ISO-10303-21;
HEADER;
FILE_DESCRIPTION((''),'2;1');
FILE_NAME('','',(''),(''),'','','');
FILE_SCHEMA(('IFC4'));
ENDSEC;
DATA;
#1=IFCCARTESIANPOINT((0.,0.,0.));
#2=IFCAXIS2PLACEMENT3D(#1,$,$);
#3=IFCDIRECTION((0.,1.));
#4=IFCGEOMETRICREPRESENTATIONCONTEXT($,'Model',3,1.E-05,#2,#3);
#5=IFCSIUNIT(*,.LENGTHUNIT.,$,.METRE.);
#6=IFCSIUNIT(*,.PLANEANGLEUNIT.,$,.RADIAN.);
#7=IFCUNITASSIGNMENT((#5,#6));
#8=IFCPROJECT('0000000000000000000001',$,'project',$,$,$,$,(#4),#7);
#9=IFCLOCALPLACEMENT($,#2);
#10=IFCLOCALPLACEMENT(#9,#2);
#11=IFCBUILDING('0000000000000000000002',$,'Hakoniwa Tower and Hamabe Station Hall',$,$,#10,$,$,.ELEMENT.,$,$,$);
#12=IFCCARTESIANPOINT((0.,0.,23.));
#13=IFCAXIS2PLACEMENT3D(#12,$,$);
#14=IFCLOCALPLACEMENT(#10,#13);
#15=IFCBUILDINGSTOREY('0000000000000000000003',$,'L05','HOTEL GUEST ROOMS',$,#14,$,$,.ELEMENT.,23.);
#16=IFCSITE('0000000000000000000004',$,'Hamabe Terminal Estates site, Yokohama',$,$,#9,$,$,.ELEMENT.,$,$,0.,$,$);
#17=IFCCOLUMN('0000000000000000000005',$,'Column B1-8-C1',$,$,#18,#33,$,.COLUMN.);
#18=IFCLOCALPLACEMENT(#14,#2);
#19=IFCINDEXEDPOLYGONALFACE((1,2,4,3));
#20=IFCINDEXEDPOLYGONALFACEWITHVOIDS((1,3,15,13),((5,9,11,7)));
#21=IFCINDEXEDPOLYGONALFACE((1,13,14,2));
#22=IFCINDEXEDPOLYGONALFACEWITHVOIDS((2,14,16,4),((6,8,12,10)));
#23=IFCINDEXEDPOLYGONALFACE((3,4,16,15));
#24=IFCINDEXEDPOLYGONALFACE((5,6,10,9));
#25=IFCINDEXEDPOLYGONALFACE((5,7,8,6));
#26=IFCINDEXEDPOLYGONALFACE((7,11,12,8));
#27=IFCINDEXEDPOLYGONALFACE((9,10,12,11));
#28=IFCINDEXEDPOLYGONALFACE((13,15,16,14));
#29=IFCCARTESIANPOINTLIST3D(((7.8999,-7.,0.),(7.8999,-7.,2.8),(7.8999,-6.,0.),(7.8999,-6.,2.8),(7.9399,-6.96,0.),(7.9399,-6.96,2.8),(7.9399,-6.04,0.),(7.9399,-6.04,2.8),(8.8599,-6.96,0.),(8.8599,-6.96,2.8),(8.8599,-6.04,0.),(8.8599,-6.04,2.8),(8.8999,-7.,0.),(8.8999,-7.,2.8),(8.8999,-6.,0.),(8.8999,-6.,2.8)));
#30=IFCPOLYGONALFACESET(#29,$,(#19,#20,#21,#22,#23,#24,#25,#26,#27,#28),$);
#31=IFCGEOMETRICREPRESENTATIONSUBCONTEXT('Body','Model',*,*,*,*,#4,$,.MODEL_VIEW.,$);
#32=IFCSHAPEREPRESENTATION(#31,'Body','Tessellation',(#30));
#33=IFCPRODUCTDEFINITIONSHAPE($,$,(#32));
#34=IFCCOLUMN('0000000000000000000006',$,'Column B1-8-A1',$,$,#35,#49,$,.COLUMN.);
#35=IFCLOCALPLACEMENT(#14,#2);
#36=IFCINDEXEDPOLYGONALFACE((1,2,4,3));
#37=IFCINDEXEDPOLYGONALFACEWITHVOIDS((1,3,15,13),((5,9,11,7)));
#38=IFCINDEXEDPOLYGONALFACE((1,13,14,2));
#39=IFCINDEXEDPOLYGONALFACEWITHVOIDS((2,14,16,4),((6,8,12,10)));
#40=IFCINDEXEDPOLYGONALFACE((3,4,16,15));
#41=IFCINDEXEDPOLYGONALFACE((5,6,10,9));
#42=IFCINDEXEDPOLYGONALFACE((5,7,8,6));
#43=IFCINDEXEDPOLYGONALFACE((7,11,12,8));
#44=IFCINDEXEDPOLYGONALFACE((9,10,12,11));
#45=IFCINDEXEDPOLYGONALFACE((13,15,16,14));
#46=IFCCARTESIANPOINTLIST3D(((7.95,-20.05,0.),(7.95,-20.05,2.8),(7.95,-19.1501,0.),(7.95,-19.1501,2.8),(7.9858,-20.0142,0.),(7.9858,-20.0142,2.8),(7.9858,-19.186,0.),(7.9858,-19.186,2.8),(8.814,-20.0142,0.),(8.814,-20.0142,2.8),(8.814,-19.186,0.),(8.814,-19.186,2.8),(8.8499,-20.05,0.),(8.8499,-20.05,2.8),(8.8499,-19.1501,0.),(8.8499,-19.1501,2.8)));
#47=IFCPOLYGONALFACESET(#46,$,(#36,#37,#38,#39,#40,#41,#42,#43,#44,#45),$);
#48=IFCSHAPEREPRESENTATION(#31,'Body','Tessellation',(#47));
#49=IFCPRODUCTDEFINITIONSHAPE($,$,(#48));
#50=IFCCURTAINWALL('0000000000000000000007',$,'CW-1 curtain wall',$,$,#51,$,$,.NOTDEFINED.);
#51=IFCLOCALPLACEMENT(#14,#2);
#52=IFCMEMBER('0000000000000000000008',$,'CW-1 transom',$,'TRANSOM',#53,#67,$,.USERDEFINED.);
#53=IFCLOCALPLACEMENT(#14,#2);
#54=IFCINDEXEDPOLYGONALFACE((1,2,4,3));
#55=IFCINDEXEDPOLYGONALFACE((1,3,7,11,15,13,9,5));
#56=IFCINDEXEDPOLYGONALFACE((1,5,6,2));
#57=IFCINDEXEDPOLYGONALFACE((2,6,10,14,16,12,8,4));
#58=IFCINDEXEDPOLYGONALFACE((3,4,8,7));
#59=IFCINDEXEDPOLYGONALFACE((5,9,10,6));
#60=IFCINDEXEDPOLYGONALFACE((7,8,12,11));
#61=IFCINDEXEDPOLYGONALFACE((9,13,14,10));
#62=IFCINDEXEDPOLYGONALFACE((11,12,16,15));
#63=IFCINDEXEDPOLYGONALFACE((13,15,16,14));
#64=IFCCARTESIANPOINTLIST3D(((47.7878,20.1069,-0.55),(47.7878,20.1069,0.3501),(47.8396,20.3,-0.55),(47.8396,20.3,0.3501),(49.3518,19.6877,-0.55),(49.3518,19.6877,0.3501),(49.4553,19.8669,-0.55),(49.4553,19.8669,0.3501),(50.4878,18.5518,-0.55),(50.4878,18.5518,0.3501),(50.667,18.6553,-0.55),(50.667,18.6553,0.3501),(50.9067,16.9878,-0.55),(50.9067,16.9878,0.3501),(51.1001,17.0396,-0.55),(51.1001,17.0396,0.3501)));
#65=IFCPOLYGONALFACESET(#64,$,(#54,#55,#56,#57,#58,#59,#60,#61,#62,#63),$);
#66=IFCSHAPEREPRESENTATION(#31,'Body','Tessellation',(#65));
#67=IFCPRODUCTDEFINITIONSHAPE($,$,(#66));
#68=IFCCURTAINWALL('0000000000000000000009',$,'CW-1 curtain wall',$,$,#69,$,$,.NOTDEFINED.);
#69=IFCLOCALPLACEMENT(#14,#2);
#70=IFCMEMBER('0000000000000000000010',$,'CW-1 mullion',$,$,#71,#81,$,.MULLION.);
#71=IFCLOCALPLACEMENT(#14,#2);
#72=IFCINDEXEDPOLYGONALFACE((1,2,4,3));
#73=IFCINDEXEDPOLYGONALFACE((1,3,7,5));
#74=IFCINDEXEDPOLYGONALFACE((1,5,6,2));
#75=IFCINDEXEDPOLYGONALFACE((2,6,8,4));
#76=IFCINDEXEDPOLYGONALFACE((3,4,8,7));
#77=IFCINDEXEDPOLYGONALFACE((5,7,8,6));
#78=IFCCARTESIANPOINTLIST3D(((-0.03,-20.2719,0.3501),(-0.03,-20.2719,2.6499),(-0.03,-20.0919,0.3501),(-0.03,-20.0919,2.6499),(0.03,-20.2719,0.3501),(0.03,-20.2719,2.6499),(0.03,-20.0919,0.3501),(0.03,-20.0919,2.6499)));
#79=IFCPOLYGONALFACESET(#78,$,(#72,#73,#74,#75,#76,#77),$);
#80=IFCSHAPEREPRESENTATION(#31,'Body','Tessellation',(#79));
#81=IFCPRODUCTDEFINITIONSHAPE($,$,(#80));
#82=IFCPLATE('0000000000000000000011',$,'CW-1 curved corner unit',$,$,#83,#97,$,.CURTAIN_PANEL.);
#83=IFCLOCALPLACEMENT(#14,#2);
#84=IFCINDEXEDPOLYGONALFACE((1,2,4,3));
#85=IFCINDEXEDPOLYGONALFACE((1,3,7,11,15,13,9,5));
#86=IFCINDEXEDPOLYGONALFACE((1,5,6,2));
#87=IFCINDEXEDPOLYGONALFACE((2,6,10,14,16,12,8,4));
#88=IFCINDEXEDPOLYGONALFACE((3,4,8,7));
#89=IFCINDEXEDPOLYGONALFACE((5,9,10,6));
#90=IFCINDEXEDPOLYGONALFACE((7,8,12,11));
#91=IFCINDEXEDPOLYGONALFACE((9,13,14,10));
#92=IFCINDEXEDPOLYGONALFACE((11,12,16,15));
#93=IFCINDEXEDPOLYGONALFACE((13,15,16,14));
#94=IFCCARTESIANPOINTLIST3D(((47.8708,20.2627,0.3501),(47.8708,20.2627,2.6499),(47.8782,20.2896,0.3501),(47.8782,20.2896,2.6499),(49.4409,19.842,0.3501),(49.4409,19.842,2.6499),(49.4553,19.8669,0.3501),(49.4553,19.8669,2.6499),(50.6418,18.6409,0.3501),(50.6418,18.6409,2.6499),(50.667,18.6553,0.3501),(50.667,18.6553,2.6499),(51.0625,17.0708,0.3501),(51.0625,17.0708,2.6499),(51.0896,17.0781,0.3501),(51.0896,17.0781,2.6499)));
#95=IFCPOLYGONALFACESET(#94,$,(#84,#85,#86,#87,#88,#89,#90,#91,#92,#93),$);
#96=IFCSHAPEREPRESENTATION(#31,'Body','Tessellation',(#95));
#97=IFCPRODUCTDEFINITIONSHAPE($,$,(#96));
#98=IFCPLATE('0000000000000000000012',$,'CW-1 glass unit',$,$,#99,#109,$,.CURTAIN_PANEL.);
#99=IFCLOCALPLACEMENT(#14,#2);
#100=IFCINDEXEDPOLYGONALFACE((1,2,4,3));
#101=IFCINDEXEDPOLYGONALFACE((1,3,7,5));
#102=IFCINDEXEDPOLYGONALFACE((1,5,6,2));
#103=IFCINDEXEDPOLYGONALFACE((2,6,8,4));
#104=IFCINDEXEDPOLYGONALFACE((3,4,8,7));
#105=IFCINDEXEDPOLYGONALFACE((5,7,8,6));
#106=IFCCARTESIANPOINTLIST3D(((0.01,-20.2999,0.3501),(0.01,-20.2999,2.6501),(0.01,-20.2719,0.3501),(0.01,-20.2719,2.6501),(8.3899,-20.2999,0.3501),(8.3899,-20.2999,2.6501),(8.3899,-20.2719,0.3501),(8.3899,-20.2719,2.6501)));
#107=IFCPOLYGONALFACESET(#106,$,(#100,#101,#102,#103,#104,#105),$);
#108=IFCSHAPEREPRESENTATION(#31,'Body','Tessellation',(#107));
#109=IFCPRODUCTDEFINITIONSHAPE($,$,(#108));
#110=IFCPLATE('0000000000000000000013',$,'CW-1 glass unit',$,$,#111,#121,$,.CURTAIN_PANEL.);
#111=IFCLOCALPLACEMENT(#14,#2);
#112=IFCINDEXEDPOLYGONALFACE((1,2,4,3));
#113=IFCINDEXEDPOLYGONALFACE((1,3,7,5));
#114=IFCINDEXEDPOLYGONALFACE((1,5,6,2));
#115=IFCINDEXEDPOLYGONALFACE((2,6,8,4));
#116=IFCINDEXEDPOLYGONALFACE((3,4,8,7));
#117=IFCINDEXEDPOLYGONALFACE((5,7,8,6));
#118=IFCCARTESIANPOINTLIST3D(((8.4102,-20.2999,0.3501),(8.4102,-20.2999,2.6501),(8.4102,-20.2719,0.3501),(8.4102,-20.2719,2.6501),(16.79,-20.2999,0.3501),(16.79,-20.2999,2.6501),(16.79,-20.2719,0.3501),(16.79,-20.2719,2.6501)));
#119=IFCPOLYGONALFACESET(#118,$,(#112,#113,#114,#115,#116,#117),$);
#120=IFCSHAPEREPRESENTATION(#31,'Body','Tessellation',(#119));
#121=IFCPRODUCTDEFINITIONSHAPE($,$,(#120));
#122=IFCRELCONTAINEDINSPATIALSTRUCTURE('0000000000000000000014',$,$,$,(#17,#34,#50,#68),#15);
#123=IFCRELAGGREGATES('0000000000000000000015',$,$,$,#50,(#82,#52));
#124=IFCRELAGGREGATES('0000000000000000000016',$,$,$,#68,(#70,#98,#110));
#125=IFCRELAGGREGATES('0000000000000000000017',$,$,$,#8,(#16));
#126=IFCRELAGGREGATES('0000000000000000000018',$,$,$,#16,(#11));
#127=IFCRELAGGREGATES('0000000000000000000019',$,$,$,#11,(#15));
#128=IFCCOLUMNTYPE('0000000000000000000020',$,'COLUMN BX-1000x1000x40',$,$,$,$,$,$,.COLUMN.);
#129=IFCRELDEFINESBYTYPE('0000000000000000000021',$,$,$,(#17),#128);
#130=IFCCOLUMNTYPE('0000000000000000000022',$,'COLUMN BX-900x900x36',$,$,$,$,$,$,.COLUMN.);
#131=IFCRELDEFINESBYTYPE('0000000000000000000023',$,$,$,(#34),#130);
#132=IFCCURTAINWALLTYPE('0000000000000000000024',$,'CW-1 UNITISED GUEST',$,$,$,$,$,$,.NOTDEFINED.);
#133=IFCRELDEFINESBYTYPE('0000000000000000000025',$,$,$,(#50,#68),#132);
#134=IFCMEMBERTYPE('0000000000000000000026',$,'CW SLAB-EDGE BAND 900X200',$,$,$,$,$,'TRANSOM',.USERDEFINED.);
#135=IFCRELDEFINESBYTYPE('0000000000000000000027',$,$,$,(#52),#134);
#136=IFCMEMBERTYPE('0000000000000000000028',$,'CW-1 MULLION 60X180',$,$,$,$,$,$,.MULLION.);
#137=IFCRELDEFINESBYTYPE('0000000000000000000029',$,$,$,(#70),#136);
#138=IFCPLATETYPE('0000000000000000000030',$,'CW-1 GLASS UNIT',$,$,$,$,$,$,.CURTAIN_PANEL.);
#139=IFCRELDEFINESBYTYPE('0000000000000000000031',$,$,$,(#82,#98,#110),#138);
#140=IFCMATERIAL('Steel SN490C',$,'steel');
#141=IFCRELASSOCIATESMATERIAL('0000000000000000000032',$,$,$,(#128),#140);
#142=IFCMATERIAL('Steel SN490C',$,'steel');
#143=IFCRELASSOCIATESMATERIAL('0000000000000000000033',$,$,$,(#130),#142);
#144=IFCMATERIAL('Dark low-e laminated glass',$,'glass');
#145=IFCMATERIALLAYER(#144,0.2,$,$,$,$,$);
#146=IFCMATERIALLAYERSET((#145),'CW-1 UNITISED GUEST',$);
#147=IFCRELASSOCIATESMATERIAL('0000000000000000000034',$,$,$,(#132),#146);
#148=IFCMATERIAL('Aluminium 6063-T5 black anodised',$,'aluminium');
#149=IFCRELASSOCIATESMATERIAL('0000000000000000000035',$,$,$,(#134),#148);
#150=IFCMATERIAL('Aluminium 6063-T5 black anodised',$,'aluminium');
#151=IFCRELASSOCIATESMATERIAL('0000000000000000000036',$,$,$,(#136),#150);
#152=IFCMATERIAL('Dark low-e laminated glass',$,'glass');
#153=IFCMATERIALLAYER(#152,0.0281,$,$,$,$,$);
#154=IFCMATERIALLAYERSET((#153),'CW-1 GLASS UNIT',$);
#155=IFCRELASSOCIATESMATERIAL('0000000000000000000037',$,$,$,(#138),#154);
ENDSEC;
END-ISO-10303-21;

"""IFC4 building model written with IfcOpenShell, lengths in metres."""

from ifc_helpers import new_model, si_unit, direction, frame, origin, origin_2d, place, context, subcontext, project, spatial, polyline, rectangle, hollow_rectangle, outline, extrude, material, layer, layer_set, material_profile, profile_set, type_object, element, aggregate, save


model = new_model("IFC4")

# Units and contexts
model_context = context("Model", 3, precision=1e-05, world=origin(), true_north=direction((0.0, 1.0)))
body_context = subcontext(model_context, "Body", "Model", "MODEL_VIEW")
ifc_project = project(units=[si_unit("LENGTHUNIT", "METRE"), si_unit("PLANEANGLEUNIT", "RADIAN")], contexts=[model_context])

# Site, building, storey
site_placement = place(None, origin())
site = spatial("IfcSite", under=ifc_project, at=site_placement, Name="Hamabe Terminal Estates site, Yokohama", CompositionType="ELEMENT", RefElevation=0.0)
building_placement = place(site_placement, origin())
building = spatial("IfcBuilding", under=site, at=building_placement, Name="Hakoniwa Tower and Hamabe Station Hall", CompositionType="ELEMENT")
storey_placement = place(building_placement, frame((0.0, 0.0, 23.0)))
storey = spatial("IfcBuildingStorey", under=building, at=storey_placement, Name="L05", Description="HOTEL GUEST ROOMS", CompositionType="ELEMENT", Elevation=23.0)

# Columns
ifc_material_1 = material(Name="Steel SN490C", Category="steel")
ifc_material_profile_1 = material_profile(ifc_material_1, hollow_rectangle(XDim=1.0, YDim=1.0, WallThickness=0.04, at=origin_2d()), Name="BX-1000x1000x40")
ifc_profile_set_1 = profile_set([ifc_material_profile_1], Name="Steel SN490C")
column_type_1 = type_object("IfcColumnType", Name="COLUMN BX-1000x1000x40", PredefinedType="COLUMN", material=ifc_profile_set_1)
column_1_placement = place(storey_placement, frame((8.3999, -6.5, 0.0), z_axis=(0.0, 0.0, 1.0), x_axis=(1.0, 0.0, 0.0)))
element("IfcColumn", 1, at=column_1_placement, inside=storey, type_object=column_type_1, Name="Column B1-8-C1", PredefinedType="COLUMN", context=body_context, shape_type="SweptSolid", body=[
    extrude(hollow_rectangle(XDim=1.0, YDim=1.0, WallThickness=0.04, at=origin_2d()), origin(), (0.0, 0.0, 1.0), 2.8),
])
ifc_material_2 = material(Name="Steel SN490C", Category="steel")
ifc_material_profile_2 = material_profile(ifc_material_2, hollow_rectangle(XDim=0.8999, YDim=0.8999, WallThickness=0.0359, at=origin_2d()), Name="BX-900x900x36")
ifc_profile_set_2 = profile_set([ifc_material_profile_2], Name="Steel SN490C")
column_type_2 = type_object("IfcColumnType", Name="COLUMN BX-900x900x36", PredefinedType="COLUMN", material=ifc_profile_set_2)
column_2_placement = place(storey_placement, frame((8.3999, -19.6001, 0.0), z_axis=(0.0, 0.0, 1.0), x_axis=(1.0, 0.0, 0.0)))
element("IfcColumn", 2, at=column_2_placement, inside=storey, type_object=column_type_2, Name="Column B1-8-A1", PredefinedType="COLUMN", context=body_context, shape_type="SweptSolid", body=[
    extrude(hollow_rectangle(XDim=0.8999, YDim=0.8999, WallThickness=0.0359, at=origin_2d()), origin(), (0.0, 0.0, 1.0), 2.8),
])

# Curtain walls, members
ifc_material_3 = material(Name="Dark low-e laminated glass", Category="glass")
ifc_layer_1 = layer(ifc_material_3, 0.2)
ifc_layer_set_1 = layer_set([ifc_layer_1], Name="CW-1 UNITISED GUEST")
curtain_wall_type = type_object("IfcCurtainWallType", Name="CW-1 UNITISED GUEST", PredefinedType="NOTDEFINED", material=ifc_layer_set_1)
curtain_wall_1_placement = place(storey_placement, origin())
curtain_wall_1 = element("IfcCurtainWall", 3, at=curtain_wall_1_placement, inside=storey, type_object=curtain_wall_type, Name="CW-1 curtain wall", PredefinedType="NOTDEFINED")
ifc_material_4 = material(Name="Aluminium 6063-T5 black anodised", Category="aluminium")
ifc_material_profile_3 = material_profile(ifc_material_4, rectangle(XDim=0.2, YDim=0.8999, at=origin_2d()), Name="CW SLAB-EDGE BAND 900X200")
ifc_profile_set_3 = profile_set([ifc_material_profile_3], Name="Aluminium 6063-T5 black anodised")
member_type_1 = type_object("IfcMemberType", Name="CW SLAB-EDGE BAND 900X200", ElementType="TRANSOM", PredefinedType="USERDEFINED", material=ifc_profile_set_3)
member_1_placement = place(storey_placement, frame((0.0, 0.0, -0.55)))
member_1 = element("IfcMember", 4, at=member_1_placement, type_object=member_type_1, Name="CW-1 transom", ObjectType="TRANSOM", PredefinedType="USERDEFINED", context=body_context, shape_type="SweptSolid", body=[
    extrude(outline(polyline([(51.1001, 17.0396), (50.667, 18.6553), (49.4553, 19.8669), (47.8396, 20.3), (47.7878, 20.1069), (49.3518, 19.6877), (50.4878, 18.5518), (50.9067, 16.9878), (51.1001, 17.0396)])), origin(), (0.0, 0.0, 1.0), 0.9001),
])
curtain_wall_2_placement = place(storey_placement, origin())
curtain_wall_2 = element("IfcCurtainWall", 5, at=curtain_wall_2_placement, inside=storey, type_object=curtain_wall_type, Name="CW-1 curtain wall", PredefinedType="NOTDEFINED")
ifc_material_5 = material(Name="Aluminium 6063-T5 black anodised", Category="aluminium")
ifc_material_profile_4 = material_profile(ifc_material_5, rectangle(XDim=0.0601, YDim=0.1799, at=origin_2d()), Name="CW-1 MULLION 60X180")
ifc_profile_set_4 = profile_set([ifc_material_profile_4], Name="Aluminium 6063-T5 black anodised")
member_type_2 = type_object("IfcMemberType", Name="CW-1 MULLION 60X180", PredefinedType="MULLION", material=ifc_profile_set_4)
member_2_placement = place(storey_placement, frame((0.0, -20.1819, 0.3501), z_axis=(0.0, 0.0, 1.0), x_axis=(1.0, 0.0, 0.0)))
member_2 = element("IfcMember", 6, at=member_2_placement, type_object=member_type_2, Name="CW-1 mullion", PredefinedType="MULLION", context=body_context, shape_type="SweptSolid", body=[
    extrude(rectangle(XDim=0.0601, YDim=0.1799, at=origin_2d()), origin(), (0.0, 0.0, 1.0), 2.2998),
])

# Plates
ifc_material_6 = material(Name="Dark low-e laminated glass", Category="glass")
ifc_layer_2 = layer(ifc_material_6, 0.0281)
ifc_layer_set_2 = layer_set([ifc_layer_2], Name="CW-1 GLASS UNIT")
plate_type = type_object("IfcPlateType", Name="CW-1 GLASS UNIT", PredefinedType="CURTAIN_PANEL", material=ifc_layer_set_2)
plate_1_placement = place(storey_placement, frame((0.0, 0.0, 0.3501)))
plate_1 = element("IfcPlate", 7, at=plate_1_placement, type_object=plate_type, Name="CW-1 curved corner unit", PredefinedType="CURTAIN_PANEL", context=body_context, shape_type="SweptSolid", body=[
    extrude(outline(polyline([(51.0896, 17.0781), (50.667, 18.6553), (49.4553, 19.8669), (47.8782, 20.2896), (47.8708, 20.2627), (49.4409, 19.842), (50.6418, 18.6409), (51.0625, 17.0708), (51.0896, 17.0781)])), origin(), (0.0, 0.0, 1.0), 2.2998),
])
aggregate(curtain_wall_1, [plate_1, member_1])
plate_2_placement = place(storey_placement, frame((4.2, -20.2859, 0.3501), z_axis=(0.0, 0.0, 1.0), x_axis=(1.0, 0.0, 0.0)))
plate_2 = element("IfcPlate", 8, at=plate_2_placement, type_object=plate_type, Name="CW-1 glass unit", PredefinedType="CURTAIN_PANEL", context=body_context, shape_type="SweptSolid", body=[
    extrude(rectangle(XDim=8.3799, YDim=0.0281, at=origin_2d()), origin(), (0.0, 0.0, 1.0), 2.3),
])
plate_3_placement = place(storey_placement, frame((12.6001, -20.2859, 0.3501), z_axis=(0.0, 0.0, 1.0), x_axis=(1.0, 0.0, 0.0)))
plate_3 = element("IfcPlate", 9, at=plate_3_placement, type_object=plate_type, Name="CW-1 glass unit", PredefinedType="CURTAIN_PANEL", context=body_context, shape_type="SweptSolid", body=[
    extrude(rectangle(XDim=8.3799, YDim=0.0281, at=origin_2d()), origin(), (0.0, 0.0, 1.0), 2.3),
])
aggregate(curtain_wall_2, [member_2, plate_2, plate_3])

save(model, "model.ifc")
